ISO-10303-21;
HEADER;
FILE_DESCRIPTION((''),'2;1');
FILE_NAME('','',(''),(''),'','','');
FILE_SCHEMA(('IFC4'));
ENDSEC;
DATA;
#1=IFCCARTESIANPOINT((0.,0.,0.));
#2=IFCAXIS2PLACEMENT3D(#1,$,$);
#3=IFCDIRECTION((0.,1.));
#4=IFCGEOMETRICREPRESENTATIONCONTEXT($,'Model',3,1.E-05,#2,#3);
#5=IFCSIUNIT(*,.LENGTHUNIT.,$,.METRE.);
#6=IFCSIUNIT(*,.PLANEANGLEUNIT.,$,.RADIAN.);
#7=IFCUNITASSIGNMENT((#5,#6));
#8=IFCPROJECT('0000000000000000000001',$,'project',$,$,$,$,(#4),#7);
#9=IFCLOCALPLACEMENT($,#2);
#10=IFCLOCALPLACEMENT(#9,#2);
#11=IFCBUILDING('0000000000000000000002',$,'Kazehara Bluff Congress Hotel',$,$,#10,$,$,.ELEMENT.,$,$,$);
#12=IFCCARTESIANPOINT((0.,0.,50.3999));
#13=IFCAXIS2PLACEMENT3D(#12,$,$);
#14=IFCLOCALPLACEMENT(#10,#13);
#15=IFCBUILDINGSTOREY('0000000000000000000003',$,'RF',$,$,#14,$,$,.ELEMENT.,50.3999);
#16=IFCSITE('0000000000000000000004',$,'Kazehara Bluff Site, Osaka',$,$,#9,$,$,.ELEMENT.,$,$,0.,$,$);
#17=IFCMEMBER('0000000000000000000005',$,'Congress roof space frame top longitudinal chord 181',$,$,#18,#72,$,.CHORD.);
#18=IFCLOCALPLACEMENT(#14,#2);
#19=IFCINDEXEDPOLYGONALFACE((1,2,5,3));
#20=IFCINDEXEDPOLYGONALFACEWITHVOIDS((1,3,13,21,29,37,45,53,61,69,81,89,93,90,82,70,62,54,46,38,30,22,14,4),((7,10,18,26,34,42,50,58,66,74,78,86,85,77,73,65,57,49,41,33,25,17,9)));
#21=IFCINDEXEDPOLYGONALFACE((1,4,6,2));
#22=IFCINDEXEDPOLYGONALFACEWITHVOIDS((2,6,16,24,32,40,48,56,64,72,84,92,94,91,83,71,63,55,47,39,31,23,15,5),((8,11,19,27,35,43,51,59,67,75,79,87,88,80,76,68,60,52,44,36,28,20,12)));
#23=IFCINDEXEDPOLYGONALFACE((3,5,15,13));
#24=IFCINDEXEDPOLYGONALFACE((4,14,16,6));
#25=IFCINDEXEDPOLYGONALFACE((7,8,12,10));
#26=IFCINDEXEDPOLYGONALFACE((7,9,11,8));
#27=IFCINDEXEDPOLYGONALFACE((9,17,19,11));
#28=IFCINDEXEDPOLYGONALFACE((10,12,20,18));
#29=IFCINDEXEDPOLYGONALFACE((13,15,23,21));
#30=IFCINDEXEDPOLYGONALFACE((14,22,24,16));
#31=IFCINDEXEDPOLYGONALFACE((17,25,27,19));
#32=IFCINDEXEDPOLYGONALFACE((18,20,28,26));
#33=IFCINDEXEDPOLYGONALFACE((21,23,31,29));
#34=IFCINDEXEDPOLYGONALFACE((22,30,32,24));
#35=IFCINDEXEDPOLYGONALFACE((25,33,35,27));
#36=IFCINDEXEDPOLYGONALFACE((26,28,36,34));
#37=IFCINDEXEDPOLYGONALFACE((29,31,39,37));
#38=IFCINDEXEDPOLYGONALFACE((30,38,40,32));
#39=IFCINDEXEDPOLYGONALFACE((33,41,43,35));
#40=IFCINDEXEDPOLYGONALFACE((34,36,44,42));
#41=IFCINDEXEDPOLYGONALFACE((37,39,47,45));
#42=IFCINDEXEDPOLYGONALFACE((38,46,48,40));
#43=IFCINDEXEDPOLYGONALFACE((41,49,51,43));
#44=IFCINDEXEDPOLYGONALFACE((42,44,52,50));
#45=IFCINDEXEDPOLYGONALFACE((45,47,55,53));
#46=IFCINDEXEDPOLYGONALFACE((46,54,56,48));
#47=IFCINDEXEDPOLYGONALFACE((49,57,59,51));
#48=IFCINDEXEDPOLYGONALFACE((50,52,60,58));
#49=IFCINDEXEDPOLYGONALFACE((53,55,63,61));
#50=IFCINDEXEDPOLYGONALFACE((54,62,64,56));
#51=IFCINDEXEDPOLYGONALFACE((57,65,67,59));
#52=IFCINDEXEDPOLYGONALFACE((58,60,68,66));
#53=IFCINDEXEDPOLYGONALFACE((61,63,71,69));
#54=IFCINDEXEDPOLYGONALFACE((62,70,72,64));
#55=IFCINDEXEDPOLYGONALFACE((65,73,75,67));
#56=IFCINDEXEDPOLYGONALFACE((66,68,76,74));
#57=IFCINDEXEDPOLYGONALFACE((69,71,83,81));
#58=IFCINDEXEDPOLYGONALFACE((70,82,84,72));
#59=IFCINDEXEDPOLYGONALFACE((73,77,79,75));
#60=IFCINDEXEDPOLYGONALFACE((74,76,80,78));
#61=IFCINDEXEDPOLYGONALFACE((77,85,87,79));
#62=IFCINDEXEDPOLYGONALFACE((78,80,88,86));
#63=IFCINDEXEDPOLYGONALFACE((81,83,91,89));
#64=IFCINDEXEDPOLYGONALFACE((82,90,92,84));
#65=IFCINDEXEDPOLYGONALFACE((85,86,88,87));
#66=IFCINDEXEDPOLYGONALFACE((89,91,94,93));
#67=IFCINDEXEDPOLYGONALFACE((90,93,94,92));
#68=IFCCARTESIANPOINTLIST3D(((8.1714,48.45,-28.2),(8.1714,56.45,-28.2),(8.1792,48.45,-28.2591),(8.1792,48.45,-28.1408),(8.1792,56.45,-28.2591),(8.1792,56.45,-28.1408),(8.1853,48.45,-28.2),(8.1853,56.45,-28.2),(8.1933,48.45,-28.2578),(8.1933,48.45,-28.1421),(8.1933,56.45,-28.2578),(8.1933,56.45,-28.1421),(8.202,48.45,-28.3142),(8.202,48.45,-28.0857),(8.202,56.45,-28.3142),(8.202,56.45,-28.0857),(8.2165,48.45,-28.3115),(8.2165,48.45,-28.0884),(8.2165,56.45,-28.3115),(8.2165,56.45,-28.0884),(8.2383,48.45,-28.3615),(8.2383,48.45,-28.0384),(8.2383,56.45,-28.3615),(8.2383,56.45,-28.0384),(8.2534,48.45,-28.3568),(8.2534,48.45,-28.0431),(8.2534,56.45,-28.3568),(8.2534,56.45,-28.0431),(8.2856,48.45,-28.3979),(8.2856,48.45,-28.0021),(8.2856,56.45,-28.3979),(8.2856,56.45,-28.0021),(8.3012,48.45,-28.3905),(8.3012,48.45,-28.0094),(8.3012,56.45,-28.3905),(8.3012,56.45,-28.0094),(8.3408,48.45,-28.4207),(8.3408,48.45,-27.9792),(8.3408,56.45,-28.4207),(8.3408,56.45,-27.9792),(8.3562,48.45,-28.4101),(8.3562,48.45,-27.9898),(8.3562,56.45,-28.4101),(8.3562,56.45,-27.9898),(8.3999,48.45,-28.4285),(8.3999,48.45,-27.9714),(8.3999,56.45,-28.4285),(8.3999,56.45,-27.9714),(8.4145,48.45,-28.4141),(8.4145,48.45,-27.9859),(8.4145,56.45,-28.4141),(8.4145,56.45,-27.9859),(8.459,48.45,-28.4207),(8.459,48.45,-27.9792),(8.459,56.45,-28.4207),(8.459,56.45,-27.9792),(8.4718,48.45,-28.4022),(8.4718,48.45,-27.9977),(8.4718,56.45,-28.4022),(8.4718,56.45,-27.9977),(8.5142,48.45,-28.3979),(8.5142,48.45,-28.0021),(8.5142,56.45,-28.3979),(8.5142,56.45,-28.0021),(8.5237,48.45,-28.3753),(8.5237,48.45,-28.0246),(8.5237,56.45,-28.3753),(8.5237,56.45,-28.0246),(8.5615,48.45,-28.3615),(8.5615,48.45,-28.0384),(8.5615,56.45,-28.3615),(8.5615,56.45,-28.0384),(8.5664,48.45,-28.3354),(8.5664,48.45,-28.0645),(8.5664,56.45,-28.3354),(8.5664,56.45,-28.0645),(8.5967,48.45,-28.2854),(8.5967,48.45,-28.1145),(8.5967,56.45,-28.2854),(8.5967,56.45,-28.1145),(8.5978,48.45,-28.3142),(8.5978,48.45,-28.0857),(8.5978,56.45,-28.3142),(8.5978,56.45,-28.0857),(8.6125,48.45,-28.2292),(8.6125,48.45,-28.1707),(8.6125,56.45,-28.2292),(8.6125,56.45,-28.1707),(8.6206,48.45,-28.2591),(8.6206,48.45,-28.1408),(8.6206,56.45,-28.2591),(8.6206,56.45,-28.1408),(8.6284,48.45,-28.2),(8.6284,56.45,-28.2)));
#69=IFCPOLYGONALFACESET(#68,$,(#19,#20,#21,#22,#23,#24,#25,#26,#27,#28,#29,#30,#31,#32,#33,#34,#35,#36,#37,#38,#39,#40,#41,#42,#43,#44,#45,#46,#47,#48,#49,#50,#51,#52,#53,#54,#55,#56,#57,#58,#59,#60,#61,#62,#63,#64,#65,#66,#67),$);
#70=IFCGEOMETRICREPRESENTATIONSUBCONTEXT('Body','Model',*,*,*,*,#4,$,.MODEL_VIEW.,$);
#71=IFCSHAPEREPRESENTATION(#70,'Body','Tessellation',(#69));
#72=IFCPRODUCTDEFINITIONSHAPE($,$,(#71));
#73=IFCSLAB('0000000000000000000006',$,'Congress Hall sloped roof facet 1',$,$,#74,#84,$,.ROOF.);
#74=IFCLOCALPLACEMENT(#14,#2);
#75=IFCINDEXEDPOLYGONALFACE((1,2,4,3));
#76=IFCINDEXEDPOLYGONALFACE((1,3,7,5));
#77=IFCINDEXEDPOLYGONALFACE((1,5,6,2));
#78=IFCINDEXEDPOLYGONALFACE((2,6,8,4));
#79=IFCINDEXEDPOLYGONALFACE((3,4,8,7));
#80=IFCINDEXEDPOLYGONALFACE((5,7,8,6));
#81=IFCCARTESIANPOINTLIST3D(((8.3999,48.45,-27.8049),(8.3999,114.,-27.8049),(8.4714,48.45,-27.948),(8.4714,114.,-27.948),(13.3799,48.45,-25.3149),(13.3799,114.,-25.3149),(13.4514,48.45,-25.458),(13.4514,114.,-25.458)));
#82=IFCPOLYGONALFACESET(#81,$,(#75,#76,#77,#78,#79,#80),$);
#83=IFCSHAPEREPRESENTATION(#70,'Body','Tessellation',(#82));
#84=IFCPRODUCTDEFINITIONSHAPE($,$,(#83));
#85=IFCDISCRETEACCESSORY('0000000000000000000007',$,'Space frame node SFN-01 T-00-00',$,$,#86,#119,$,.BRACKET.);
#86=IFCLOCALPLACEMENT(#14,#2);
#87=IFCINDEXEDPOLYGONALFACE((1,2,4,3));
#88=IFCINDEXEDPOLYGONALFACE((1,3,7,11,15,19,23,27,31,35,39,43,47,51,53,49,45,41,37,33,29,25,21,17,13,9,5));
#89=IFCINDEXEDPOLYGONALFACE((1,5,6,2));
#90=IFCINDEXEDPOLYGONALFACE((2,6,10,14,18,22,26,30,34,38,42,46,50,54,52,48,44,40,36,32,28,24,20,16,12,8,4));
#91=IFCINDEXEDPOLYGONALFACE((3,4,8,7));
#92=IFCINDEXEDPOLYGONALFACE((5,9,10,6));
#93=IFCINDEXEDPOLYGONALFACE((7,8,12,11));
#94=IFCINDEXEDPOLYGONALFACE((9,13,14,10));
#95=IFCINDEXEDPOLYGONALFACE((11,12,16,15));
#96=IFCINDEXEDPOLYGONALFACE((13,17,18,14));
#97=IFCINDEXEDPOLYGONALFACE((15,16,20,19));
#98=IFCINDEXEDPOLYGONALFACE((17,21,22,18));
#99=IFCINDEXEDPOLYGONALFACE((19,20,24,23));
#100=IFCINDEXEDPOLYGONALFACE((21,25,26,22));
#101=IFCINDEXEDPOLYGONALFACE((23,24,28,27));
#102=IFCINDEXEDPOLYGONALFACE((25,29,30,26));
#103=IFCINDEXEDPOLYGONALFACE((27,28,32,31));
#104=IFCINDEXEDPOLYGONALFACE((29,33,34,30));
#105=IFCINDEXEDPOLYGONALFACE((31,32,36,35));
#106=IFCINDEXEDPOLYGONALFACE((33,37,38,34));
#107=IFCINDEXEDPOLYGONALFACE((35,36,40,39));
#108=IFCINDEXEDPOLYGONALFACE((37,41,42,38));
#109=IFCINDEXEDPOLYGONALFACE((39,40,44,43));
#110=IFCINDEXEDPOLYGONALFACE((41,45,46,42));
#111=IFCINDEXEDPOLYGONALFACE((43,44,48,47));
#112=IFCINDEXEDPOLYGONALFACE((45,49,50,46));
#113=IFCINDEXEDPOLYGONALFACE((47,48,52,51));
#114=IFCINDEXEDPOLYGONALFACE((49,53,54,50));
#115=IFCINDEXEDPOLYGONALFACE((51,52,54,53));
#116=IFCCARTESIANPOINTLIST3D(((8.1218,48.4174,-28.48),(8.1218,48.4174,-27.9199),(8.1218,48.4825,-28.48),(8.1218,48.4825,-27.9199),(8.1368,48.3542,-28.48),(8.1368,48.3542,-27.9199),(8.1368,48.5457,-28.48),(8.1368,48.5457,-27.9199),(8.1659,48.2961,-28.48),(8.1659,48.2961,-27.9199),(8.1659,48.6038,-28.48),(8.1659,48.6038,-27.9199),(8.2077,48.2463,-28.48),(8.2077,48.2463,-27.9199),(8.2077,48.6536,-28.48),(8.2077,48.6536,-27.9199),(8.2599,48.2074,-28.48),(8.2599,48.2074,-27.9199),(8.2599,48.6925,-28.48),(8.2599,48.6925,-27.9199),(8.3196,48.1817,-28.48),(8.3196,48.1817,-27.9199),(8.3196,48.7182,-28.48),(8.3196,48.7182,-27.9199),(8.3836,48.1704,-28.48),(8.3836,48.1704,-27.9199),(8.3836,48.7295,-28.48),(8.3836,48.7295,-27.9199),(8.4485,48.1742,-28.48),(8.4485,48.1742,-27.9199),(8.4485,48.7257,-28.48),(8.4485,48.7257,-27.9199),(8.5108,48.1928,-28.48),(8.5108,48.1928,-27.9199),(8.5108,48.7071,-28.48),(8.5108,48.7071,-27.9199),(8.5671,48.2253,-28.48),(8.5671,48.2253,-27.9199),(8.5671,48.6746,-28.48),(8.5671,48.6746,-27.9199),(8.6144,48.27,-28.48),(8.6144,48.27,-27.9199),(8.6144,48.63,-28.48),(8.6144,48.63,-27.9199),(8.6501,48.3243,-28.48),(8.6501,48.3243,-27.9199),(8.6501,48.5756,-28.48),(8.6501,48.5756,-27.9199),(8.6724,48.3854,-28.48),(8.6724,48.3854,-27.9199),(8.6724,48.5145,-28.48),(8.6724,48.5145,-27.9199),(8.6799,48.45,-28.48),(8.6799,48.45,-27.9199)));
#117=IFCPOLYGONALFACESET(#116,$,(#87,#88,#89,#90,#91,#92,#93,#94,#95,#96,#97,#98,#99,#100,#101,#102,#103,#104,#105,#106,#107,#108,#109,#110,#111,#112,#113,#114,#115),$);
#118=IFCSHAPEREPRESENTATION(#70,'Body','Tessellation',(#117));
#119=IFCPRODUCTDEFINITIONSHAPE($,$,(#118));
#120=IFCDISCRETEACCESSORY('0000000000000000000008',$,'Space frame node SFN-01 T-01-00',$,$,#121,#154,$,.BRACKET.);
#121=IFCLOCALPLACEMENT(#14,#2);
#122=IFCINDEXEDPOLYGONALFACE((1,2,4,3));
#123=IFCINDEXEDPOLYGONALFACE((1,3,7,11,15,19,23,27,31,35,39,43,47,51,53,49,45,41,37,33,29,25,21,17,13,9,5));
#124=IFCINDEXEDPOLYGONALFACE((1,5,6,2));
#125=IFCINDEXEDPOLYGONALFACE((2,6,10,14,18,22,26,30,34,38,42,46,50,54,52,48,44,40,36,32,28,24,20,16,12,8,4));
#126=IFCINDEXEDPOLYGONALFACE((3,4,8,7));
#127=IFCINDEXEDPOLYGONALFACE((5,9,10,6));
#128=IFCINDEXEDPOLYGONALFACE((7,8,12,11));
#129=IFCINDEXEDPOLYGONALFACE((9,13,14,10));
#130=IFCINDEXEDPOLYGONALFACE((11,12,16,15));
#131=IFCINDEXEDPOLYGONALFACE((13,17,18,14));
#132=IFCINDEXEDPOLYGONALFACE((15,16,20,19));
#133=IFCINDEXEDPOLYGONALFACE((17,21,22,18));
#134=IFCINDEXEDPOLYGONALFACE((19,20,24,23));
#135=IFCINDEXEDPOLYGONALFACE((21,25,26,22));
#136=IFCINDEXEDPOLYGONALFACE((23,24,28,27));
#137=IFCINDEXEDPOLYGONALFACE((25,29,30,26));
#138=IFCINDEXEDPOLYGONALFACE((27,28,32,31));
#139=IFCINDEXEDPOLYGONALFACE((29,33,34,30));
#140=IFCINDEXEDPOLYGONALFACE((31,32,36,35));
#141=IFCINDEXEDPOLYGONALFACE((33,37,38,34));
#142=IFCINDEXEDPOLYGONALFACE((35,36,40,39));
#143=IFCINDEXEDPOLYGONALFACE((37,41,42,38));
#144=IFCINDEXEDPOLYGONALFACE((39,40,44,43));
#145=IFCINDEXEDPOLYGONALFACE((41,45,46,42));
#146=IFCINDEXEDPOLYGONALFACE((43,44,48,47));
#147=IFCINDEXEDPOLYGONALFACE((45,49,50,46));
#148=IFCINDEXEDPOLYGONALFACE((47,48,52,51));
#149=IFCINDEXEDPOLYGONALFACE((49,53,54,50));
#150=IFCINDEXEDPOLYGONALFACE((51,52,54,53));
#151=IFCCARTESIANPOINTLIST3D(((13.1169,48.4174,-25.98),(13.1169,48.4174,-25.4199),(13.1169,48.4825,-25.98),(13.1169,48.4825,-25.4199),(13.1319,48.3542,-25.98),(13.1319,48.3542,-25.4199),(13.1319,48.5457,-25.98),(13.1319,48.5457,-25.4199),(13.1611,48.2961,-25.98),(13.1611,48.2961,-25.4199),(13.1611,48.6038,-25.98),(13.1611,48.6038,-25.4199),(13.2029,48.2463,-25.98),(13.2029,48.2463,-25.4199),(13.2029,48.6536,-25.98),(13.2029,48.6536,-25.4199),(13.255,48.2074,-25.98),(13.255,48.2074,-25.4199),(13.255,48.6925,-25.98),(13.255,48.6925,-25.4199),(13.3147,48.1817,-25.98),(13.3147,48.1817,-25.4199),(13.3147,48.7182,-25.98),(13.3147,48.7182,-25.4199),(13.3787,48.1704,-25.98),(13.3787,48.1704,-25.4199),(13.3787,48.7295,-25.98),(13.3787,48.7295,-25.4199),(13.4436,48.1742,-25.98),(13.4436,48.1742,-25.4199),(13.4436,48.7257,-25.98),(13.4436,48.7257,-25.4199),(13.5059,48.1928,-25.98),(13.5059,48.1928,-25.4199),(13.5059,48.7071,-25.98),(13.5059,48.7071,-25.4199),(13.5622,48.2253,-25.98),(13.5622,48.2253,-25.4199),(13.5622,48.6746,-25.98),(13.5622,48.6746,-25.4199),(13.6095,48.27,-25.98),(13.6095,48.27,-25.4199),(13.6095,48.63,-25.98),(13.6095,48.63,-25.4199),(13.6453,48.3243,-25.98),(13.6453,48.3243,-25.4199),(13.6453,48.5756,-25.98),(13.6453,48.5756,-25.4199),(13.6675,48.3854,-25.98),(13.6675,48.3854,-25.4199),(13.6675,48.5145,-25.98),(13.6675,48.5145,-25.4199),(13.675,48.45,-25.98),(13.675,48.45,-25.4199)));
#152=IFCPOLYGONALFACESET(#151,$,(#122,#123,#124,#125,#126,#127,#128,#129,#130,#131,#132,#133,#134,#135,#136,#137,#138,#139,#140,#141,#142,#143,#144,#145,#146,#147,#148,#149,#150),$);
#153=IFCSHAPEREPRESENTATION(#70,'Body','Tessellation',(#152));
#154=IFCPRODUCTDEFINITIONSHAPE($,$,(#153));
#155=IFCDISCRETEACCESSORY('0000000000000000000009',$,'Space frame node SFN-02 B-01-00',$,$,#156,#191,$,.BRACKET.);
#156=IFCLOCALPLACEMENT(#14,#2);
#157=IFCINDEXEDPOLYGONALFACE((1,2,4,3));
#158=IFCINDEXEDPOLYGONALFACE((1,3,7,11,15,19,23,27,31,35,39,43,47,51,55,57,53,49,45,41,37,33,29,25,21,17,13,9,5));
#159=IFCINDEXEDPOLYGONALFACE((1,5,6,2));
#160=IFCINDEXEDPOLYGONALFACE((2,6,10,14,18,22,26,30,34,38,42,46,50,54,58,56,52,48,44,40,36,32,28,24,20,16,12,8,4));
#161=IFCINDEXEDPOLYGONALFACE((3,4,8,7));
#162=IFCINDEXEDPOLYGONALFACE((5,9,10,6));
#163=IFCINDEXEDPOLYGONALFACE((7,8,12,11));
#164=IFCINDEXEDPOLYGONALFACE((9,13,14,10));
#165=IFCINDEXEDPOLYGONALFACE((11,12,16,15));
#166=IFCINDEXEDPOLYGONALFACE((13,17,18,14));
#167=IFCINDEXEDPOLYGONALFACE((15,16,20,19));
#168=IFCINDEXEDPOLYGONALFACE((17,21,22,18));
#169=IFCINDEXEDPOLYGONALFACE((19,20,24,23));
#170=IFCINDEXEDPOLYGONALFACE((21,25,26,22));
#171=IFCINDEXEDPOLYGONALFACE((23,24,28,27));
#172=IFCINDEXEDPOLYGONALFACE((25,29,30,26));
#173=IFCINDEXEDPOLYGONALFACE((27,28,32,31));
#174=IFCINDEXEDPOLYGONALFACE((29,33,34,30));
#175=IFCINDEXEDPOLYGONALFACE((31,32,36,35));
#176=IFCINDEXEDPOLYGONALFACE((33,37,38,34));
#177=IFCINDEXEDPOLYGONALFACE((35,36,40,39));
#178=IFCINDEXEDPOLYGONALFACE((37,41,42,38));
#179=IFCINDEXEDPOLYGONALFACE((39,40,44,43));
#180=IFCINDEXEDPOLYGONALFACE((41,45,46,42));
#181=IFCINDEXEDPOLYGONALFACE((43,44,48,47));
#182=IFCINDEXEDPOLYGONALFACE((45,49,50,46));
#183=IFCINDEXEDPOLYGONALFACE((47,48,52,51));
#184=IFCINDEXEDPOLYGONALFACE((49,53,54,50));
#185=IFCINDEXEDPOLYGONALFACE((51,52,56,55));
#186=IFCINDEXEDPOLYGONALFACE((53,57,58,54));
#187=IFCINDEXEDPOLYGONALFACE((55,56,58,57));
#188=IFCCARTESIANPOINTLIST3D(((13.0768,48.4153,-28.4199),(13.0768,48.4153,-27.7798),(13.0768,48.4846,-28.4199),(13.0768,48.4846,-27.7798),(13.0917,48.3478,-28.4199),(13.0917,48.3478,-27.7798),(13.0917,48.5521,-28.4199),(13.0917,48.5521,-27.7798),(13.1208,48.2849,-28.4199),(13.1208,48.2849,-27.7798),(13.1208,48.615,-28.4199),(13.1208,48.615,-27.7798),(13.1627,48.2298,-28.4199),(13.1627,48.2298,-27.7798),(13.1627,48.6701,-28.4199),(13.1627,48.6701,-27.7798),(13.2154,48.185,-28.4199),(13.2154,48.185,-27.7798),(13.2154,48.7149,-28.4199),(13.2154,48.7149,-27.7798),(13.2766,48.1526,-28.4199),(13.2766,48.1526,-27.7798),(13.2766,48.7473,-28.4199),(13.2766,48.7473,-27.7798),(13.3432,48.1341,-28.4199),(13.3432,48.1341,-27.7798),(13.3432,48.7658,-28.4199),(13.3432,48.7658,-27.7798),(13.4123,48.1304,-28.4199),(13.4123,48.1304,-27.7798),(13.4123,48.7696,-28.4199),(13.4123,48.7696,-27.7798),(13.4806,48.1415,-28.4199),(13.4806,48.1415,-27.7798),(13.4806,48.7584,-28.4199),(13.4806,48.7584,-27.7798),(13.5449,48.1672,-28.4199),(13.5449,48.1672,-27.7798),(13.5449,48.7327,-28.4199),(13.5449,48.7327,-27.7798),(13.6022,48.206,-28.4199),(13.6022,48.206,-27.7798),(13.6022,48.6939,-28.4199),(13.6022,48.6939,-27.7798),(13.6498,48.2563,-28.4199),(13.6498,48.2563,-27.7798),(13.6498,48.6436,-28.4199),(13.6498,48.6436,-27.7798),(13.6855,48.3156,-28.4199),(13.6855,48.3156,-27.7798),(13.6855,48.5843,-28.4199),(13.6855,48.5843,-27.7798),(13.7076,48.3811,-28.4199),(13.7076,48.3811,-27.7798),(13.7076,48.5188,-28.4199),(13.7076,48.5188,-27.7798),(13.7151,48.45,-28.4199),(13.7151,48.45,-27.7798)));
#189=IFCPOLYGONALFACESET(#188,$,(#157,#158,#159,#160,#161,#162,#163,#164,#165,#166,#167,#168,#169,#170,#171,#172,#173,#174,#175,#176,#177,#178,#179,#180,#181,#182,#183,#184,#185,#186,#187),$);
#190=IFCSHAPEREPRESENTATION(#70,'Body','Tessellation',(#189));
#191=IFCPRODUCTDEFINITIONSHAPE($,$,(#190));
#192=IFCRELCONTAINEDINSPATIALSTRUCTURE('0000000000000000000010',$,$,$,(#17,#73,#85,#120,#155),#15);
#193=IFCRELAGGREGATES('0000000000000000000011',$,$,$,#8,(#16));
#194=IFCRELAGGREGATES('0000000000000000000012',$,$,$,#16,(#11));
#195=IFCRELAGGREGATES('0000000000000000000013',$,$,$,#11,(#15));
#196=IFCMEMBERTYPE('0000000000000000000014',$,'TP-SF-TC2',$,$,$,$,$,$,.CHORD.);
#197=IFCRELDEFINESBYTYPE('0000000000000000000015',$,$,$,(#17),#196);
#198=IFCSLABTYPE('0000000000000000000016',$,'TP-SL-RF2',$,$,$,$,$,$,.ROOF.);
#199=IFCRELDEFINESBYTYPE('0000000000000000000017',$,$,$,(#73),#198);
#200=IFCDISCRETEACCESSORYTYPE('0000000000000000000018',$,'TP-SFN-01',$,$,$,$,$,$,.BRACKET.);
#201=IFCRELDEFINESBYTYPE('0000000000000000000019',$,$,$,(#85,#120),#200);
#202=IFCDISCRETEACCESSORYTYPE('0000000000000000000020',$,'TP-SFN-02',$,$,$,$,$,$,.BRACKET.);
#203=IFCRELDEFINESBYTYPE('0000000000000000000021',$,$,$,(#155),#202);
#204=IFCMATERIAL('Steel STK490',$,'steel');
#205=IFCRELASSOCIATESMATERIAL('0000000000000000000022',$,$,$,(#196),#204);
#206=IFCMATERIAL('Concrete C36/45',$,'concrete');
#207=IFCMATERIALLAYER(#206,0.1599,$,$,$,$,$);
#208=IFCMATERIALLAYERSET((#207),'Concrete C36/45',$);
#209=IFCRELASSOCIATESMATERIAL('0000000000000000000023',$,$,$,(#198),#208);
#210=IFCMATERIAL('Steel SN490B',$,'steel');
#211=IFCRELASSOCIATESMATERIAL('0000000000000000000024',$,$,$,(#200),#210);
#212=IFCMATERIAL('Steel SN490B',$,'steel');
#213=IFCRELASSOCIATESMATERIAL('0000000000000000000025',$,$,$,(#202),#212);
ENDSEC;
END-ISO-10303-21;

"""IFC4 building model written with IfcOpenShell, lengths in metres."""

from ifc_helpers import new_model, si_unit, direction, frame, origin, origin_2d, place, context, subcontext, project, spatial, polyline, circle, hollow_circle, outline, extrude, material, layer, layer_set, material_profile, profile_set, type_object, element, save


model = new_model("IFC4")

# Units and contexts
model_context = context("Model", 3, precision=1e-05, world=origin(), true_north=direction((0.0, 1.0)))
body_context = subcontext(model_context, "Body", "Model", "MODEL_VIEW")
ifc_project = project(units=[si_unit("LENGTHUNIT", "METRE"), si_unit("PLANEANGLEUNIT", "RADIAN")], contexts=[model_context])

# Site, building, storey
site_placement = place(None, origin())
site = spatial("IfcSite", under=ifc_project, at=site_placement, Name="Kazehara Bluff Site, Osaka", CompositionType="ELEMENT", RefElevation=0.0)
building_placement = place(site_placement, origin())
building = spatial("IfcBuilding", under=site, at=building_placement, Name="Kazehara Bluff Congress Hotel", CompositionType="ELEMENT")
storey_placement = place(building_placement, frame((0.0, 0.0, 50.3999)))
storey = spatial("IfcBuildingStorey", under=building, at=storey_placement, Name="RF", CompositionType="ELEMENT", Elevation=50.3999)

# Member
ifc_material_1 = material(Name="Steel STK490", Category="steel")
ifc_material_profile_1 = material_profile(ifc_material_1, hollow_circle(Radius=0.2285, WallThickness=0.0139, at=origin_2d()))
ifc_profile_set_1 = profile_set([ifc_material_profile_1], Name="Steel STK490")
member_type_1 = type_object("IfcMemberType", Name="TP-SF-TC2", PredefinedType="CHORD", material=ifc_profile_set_1)
member_1_placement = place(storey_placement, frame((8.3999, 48.45, -28.2), z_axis=(0.0, 1.0, 0.0), x_axis=(-1.0, 0.0, 0.0)))
element("IfcMember", 1, at=member_1_placement, inside=storey, type_object=member_type_1, Name="Congress roof space frame top longitudinal chord 181", PredefinedType="CHORD", context=body_context, shape_type="SweptSolid", body=[
    extrude(hollow_circle(Radius=0.2285, WallThickness=0.0139, at=origin_2d()), origin(), (0.0, 0.0, 1.0), 8.0),
])

# Slab
ifc_material_2 = material(Name="Concrete C36/45", Category="concrete")
ifc_layer = layer(ifc_material_2, 0.1599)
ifc_layer_set = layer_set([ifc_layer], Name="Concrete C36/45")
slab_type = type_object("IfcSlabType", Name="TP-SL-RF2", PredefinedType="ROOF", material=ifc_layer_set)
slab_placement = place(storey_placement, frame((8.3999, 48.45, -27.8049), z_axis=(-0.447214, 0.0, 0.894427), x_axis=(0.894427, 0.0, 0.447214)))
element("IfcSlab", 2, at=slab_placement, inside=storey, type_object=slab_type, Name="Congress Hall sloped roof facet 1", PredefinedType="ROOF", context=body_context, shape_type="SweptSolid", body=[
    extrude(outline(polyline([(0.0, 0.0), (5.5678, 0.0), (5.5678, 65.55), (0.0, 65.55), (0.0, 0.0)])), origin(), (0.0, 0.0, -1.0), 0.1599),
])

# Discrete accessories
ifc_material_3 = material(Name="Steel SN490B", Category="steel")
ifc_material_profile_2 = material_profile(ifc_material_3, circle(Radius=0.28, at=origin_2d()))
ifc_profile_set_2 = profile_set([ifc_material_profile_2], Name="Steel SN490B")
discrete_accessory_type_1 = type_object("IfcDiscreteAccessoryType", Name="TP-SFN-01", PredefinedType="BRACKET", material=ifc_profile_set_2)
for number, where, z_axis, x_axis, name in (
    (3, (8.3999, 48.45, -28.48), (0.0, 0.0, 1.0), (1.0, 0.0, 0.0), "Space frame node SFN-01 T-00-00"),
    (4, (13.395, 48.45, -25.98), (0.0, 0.0, 1.0), (1.0, 0.0, 0.0), "Space frame node SFN-01 T-01-00"),
):
    element("IfcDiscreteAccessory", number, at=place(storey_placement, frame(where, z_axis=z_axis, x_axis=x_axis)), inside=storey, type_object=discrete_accessory_type_1, Name=name, PredefinedType="BRACKET", context=body_context, shape_type="SweptSolid", body=[
        extrude(circle(Radius=0.28, at=origin_2d()), origin(), (0.0, 0.0, 1.0), 0.5601),
    ])
ifc_material_4 = material(Name="Steel SN490B", Category="steel")
ifc_material_profile_3 = material_profile(ifc_material_4, circle(Radius=0.3201, at=origin_2d()))
ifc_profile_set_3 = profile_set([ifc_material_profile_3], Name="Steel SN490B")
discrete_accessory_type_2 = type_object("IfcDiscreteAccessoryType", Name="TP-SFN-02", PredefinedType="BRACKET", material=ifc_profile_set_3)
discrete_accessory_placement = place(storey_placement, frame((13.395, 48.45, -28.4199), z_axis=(0.0, 0.0, 1.0), x_axis=(1.0, 0.0, 0.0)))
element("IfcDiscreteAccessory", 5, at=discrete_accessory_placement, inside=storey, type_object=discrete_accessory_type_2, Name="Space frame node SFN-02 B-01-00", PredefinedType="BRACKET", context=body_context, shape_type="SweptSolid", body=[
    extrude(circle(Radius=0.3201, at=origin_2d()), origin(), (0.0, 0.0, 1.0), 0.6401),
])

save(model, "model.ifc")
